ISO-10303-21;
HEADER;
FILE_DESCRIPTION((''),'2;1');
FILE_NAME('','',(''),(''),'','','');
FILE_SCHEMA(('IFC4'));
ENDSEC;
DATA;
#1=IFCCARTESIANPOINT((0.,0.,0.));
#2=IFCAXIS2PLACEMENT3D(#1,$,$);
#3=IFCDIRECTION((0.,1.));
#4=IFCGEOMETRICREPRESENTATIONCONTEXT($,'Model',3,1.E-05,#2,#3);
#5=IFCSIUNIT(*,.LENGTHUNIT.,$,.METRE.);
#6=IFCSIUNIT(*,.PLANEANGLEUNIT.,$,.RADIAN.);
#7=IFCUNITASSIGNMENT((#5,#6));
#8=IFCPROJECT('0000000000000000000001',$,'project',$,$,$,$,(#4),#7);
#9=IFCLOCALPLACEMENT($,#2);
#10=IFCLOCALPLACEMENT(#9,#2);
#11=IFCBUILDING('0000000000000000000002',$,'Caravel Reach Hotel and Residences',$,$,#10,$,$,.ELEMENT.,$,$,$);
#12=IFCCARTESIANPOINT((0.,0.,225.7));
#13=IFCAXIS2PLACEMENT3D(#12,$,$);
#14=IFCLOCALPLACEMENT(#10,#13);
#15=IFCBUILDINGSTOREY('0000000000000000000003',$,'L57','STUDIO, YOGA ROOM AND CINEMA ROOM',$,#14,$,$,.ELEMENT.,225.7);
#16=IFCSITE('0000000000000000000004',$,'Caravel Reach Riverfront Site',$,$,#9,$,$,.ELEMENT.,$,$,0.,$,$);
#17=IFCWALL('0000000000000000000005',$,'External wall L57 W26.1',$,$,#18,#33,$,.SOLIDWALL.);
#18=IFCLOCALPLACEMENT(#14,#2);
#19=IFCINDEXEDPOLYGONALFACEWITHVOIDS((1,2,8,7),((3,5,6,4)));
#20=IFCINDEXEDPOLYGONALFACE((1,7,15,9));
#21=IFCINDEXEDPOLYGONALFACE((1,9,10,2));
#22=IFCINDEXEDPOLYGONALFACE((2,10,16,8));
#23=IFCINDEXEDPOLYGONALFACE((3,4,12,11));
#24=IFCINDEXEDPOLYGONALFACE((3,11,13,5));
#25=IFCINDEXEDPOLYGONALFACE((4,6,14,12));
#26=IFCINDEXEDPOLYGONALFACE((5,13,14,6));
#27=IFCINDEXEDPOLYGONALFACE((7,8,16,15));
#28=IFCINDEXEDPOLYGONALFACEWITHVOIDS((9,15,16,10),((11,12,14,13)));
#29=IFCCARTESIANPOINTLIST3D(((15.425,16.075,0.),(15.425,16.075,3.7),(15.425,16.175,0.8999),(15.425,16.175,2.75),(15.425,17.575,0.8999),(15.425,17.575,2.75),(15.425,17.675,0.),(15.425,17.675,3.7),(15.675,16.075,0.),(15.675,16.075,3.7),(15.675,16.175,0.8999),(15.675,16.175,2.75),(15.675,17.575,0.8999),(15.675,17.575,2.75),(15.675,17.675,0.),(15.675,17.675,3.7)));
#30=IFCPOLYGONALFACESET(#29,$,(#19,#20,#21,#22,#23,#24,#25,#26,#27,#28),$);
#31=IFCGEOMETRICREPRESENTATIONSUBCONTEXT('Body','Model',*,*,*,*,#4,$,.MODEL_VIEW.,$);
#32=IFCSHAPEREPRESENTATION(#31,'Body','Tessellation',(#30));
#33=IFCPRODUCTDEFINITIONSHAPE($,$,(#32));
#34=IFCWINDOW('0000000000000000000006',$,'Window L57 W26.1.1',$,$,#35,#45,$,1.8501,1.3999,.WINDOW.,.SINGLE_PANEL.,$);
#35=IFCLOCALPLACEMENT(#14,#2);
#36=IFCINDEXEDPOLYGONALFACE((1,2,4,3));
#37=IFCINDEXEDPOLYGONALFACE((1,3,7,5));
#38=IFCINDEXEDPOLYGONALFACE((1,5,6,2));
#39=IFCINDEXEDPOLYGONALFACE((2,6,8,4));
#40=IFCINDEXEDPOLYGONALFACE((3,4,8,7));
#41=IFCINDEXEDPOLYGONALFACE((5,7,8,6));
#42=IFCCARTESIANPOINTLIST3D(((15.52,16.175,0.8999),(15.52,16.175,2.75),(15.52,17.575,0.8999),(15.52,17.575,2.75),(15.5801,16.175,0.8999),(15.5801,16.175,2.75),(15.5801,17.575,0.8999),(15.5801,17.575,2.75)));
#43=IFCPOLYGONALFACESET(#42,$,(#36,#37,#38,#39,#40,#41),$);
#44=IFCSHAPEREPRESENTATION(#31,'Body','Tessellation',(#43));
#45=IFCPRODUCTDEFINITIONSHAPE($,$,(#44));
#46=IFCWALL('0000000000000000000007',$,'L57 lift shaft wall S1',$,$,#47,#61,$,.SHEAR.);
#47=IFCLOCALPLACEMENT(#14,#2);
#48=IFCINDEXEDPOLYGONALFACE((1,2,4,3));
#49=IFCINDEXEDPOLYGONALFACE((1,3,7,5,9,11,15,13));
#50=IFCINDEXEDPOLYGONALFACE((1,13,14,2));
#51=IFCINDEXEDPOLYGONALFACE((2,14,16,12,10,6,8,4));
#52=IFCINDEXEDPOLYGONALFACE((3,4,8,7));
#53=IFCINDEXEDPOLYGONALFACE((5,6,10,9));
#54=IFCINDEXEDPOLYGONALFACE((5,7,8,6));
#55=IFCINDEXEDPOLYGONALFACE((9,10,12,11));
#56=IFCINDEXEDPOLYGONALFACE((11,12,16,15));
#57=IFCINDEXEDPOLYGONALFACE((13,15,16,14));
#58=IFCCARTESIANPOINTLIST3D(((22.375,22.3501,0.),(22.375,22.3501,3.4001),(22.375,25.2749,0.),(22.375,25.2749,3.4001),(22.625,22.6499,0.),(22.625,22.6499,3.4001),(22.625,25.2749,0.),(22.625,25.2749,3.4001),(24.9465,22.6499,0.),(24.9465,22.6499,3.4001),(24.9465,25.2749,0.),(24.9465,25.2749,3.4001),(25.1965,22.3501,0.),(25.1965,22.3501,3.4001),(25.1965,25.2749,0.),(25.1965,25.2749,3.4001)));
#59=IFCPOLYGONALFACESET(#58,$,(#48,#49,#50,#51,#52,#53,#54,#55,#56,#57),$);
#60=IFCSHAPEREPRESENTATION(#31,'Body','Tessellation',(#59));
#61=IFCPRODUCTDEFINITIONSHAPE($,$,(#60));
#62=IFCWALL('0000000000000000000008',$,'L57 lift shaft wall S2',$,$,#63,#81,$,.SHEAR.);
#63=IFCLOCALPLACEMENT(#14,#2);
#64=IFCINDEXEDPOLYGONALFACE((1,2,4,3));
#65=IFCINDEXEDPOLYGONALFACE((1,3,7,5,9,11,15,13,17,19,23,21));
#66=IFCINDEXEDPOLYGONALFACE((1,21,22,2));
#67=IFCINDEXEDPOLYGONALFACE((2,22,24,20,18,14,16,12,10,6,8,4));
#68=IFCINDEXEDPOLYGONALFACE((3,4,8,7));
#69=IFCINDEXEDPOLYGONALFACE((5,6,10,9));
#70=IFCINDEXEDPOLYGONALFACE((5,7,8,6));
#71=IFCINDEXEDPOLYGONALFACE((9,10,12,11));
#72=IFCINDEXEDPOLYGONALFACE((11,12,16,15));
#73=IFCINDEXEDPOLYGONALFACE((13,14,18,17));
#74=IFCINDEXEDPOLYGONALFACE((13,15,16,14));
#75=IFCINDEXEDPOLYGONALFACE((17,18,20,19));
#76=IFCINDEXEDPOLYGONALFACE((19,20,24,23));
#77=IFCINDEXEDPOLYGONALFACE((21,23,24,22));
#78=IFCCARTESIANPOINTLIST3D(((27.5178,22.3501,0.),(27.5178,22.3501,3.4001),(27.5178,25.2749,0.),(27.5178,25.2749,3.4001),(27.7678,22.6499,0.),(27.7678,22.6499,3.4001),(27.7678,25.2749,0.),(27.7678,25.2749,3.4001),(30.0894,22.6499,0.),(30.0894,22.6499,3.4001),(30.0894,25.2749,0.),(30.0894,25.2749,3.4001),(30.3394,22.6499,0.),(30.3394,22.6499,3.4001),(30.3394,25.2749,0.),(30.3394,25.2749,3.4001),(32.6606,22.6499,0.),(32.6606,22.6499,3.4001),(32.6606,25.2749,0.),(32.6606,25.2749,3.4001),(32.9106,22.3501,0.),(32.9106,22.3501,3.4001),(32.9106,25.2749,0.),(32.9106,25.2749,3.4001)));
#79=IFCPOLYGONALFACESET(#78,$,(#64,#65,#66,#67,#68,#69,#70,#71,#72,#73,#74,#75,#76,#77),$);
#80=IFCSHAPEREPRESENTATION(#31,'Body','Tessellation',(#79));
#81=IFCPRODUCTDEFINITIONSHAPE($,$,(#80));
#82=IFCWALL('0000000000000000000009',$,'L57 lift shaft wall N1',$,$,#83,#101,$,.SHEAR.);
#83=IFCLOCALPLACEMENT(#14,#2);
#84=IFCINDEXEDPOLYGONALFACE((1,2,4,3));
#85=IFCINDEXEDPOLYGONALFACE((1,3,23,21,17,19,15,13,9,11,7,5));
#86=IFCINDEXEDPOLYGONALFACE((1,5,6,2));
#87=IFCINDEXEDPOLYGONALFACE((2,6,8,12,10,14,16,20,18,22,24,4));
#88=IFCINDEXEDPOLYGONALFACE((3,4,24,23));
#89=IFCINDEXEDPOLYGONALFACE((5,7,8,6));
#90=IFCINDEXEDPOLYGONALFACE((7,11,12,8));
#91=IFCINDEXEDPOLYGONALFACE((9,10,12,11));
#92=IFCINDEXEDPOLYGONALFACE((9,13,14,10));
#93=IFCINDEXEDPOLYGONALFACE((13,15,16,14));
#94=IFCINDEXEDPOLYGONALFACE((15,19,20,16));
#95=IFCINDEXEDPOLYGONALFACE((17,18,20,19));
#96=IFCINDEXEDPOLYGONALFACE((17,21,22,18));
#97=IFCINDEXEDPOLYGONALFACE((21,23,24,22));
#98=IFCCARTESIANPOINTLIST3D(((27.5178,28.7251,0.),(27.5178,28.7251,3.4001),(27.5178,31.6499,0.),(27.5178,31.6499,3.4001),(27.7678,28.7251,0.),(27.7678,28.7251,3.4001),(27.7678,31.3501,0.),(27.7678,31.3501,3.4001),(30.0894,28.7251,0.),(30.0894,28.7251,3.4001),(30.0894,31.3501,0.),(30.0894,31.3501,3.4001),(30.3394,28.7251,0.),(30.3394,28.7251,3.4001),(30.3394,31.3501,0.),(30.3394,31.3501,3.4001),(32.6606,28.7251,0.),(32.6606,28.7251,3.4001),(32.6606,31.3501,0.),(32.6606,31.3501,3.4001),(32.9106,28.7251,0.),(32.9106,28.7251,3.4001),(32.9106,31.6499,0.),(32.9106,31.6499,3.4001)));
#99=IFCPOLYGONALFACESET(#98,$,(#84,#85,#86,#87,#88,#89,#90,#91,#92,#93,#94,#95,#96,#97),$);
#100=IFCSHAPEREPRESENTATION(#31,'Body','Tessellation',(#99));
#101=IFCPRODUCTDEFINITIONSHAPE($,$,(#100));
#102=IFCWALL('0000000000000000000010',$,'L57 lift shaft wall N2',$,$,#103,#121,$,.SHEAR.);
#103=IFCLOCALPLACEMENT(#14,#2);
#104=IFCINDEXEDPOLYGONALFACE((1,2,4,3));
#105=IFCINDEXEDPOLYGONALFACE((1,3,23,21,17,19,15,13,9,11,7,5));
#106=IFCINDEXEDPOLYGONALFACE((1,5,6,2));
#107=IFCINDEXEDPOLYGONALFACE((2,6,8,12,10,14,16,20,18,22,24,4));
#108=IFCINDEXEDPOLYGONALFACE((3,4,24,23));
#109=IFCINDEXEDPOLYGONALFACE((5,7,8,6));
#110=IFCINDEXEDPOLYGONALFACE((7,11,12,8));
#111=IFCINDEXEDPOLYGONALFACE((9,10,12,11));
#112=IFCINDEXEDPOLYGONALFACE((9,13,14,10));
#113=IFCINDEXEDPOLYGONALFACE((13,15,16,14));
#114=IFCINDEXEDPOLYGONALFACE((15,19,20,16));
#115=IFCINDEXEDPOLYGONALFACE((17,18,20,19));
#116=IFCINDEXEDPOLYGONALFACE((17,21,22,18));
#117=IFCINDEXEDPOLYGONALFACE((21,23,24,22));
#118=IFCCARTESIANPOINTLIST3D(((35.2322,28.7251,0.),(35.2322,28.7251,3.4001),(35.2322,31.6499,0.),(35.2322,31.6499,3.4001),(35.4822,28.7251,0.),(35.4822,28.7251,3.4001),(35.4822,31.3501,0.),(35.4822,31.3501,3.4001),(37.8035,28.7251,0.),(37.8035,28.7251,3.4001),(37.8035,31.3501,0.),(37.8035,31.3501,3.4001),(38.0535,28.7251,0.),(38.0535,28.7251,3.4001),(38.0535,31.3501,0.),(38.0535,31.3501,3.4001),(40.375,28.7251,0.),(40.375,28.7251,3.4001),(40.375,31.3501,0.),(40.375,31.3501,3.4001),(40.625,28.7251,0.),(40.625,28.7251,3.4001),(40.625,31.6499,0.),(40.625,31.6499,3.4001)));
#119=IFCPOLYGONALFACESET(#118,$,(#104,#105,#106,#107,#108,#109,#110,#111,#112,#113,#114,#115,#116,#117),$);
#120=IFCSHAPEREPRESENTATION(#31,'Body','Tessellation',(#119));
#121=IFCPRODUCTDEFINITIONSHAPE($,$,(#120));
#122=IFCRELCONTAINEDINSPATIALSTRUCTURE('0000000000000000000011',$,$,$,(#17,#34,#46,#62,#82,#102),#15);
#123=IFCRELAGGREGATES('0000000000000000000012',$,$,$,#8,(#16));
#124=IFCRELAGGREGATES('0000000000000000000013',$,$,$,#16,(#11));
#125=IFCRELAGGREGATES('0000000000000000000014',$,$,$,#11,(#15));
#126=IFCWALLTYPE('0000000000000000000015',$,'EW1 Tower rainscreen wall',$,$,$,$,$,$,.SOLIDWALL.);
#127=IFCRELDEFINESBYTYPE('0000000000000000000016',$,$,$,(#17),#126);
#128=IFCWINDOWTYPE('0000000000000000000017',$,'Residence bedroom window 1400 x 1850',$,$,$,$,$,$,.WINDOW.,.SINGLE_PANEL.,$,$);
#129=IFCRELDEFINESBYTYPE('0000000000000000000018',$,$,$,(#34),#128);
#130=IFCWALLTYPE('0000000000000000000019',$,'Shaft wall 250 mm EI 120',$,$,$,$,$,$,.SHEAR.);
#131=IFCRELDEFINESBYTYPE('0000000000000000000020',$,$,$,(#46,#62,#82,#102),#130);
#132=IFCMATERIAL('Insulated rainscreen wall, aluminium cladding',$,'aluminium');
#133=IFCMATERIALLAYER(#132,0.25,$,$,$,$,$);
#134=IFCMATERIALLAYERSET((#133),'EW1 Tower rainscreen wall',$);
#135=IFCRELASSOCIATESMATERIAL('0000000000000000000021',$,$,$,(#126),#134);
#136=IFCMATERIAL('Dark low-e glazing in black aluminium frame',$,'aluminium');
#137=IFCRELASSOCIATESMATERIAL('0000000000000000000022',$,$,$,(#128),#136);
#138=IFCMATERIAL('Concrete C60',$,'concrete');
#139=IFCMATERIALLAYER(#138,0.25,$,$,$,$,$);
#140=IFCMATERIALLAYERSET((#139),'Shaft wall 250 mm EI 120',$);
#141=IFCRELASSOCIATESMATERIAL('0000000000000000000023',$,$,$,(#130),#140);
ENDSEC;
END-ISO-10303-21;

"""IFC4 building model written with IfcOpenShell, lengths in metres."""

from ifc_helpers import new_model, si_unit, direction, frame, frame_2d, origin, place, context, subcontext, project, spatial, polyline, rectangle, outline, extrude, material, layer, layer_set, type_object, element, fill, save


model = new_model("IFC4")

# Units and contexts
model_context = context("Model", 3, precision=1e-05, world=origin(), true_north=direction((0.0, 1.0)))
body_context = subcontext(model_context, "Body", "Model", "MODEL_VIEW")
ifc_project = project(units=[si_unit("LENGTHUNIT", "METRE"), si_unit("PLANEANGLEUNIT", "RADIAN")], contexts=[model_context])

# Site, building, storey
site_placement = place(None, origin())
site = spatial("IfcSite", under=ifc_project, at=site_placement, Name="Caravel Reach Riverfront Site", CompositionType="ELEMENT", RefElevation=0.0)
building_placement = place(site_placement, origin())
building = spatial("IfcBuilding", under=site, at=building_placement, Name="Caravel Reach Hotel and Residences", CompositionType="ELEMENT")
storey_placement = place(building_placement, frame((0.0, 0.0, 225.7)))
storey = spatial("IfcBuildingStorey", under=building, at=storey_placement, Name="L57", Description="STUDIO, YOGA ROOM AND CINEMA ROOM", CompositionType="ELEMENT", Elevation=225.7)

# Shared definitions
ifc_material_1 = material(Name="Insulated rainscreen wall, aluminium cladding", Category="aluminium")
ifc_layer_1 = layer(ifc_material_1, 0.25)
ifc_layer_set_1 = layer_set([ifc_layer_1], Name="EW1 Tower rainscreen wall")
wall_type_1 = type_object("IfcWallType", Name="EW1 Tower rainscreen wall", PredefinedType="SOLIDWALL", material=ifc_layer_set_1)

# Wall, opening, window
ifc_material_2 = material(Name="Dark low-e glazing in black aluminium frame", Category="aluminium")
window_type_1 = type_object("IfcWindowType", Name="Residence bedroom window 1400 x 1850", PartitioningType="SINGLE_PANEL", PredefinedType="WINDOW", material=ifc_material_2)
wall_1_placement = place(storey_placement, frame((15.55, 17.675, 0.0), z_axis=(0.0, 0.0, 1.0), x_axis=(0.0, -1.0, 0.0)))
wall_1 = element("IfcWall", 1, at=wall_1_placement, inside=storey, type_object=wall_type_1, Name="External wall L57 W26.1", PredefinedType="SOLIDWALL", context=body_context, shape_type="SweptSolid", body=[
    extrude(rectangle(XDim=1.6001, YDim=0.25, at=frame_2d((0.8, 0.0))), origin(), (0.0, 0.0, 1.0), 3.7),
])
opening_1_placement = place(wall_1_placement, frame((0.1001, 0.0, 0.8999)))
opening_1 = element("IfcOpeningElement", 2, at=opening_1_placement, cuts=wall_1, PredefinedType="OPENING", context=body_context, shape_type="SweptSolid", body=[
    extrude(rectangle(XDim=1.3999, YDim=1.8501, at=frame_2d((0.7, 0.925))), frame((0.0, 0.135, 0.0), z_axis=(0.0, -1.0, 0.0), x_axis=(1.0, 0.0, 0.0)), (0.0, 0.0, 1.0), 0.27),
])
window_1_placement = place(opening_1_placement, origin())
window_1 = element("IfcWindow", 3, at=window_1_placement, inside=storey, type_object=window_type_1, Name="Window L57 W26.1.1", OverallHeight=1.8501, OverallWidth=1.3999, PartitioningType="SINGLE_PANEL", PredefinedType="WINDOW", context=body_context, shape_type="SweptSolid", body=[
    extrude(rectangle(XDim=1.3999, YDim=1.8501, at=frame_2d((0.7, 0.925))), frame((0.0, 0.03, 0.0), z_axis=(0.0, -1.0, 0.0), x_axis=(1.0, 0.0, 0.0)), (0.0, 0.0, 1.0), 0.0601),
])
fill(opening_1, window_1)

# Walls
ifc_material_3 = material(Name="Concrete C60", Category="concrete")
ifc_layer_2 = layer(ifc_material_3, 0.25)
ifc_layer_set_2 = layer_set([ifc_layer_2], Name="Shaft wall 250 mm EI 120")
wall_type_2 = type_object("IfcWallType", Name="Shaft wall 250 mm EI 120", PredefinedType="SHEAR", material=ifc_layer_set_2)
wall_2_placement = place(storey_placement, origin())
element("IfcWall", 4, at=wall_2_placement, inside=storey, type_object=wall_type_2, Name="L57 lift shaft wall S1", PredefinedType="SHEAR", context=body_context, shape_type="SweptSolid", body=[
    extrude(outline(polyline([(22.375, 22.3501), (25.1965, 22.3501), (25.1965, 25.2749), (24.9465, 25.2749), (24.9465, 22.6499), (22.625, 22.6499), (22.625, 25.2749), (22.375, 25.2749), (22.375, 22.3501)])), origin(), (0.0, 0.0, 1.0), 3.4001),
])
wall_3_placement = place(storey_placement, origin())
element("IfcWall", 5, at=wall_3_placement, inside=storey, type_object=wall_type_2, Name="L57 lift shaft wall S2", PredefinedType="SHEAR", context=body_context, shape_type="SweptSolid", body=[
    extrude(outline(polyline([(27.5178, 22.3501), (32.9106, 22.3501), (32.9106, 25.2749), (32.6606, 25.2749), (32.6606, 22.6499), (30.3394, 22.6499), (30.3394, 25.2749), (30.0894, 25.2749), (30.0894, 22.6499), (27.7678, 22.6499), (27.7678, 25.2749), (27.5178, 25.2749), (27.5178, 22.3501)])), origin(), (0.0, 0.0, 1.0), 3.4001),
])
wall_4_placement = place(storey_placement, origin())
element("IfcWall", 6, at=wall_4_placement, inside=storey, type_object=wall_type_2, Name="L57 lift shaft wall N1", PredefinedType="SHEAR", context=body_context, shape_type="SweptSolid", body=[
    extrude(outline(polyline([(27.5178, 28.7251), (27.7678, 28.7251), (27.7678, 31.3501), (30.0894, 31.3501), (30.0894, 28.7251), (30.3394, 28.7251), (30.3394, 31.3501), (32.6606, 31.3501), (32.6606, 28.7251), (32.9106, 28.7251), (32.9106, 31.6499), (27.5178, 31.6499), (27.5178, 28.7251)])), origin(), (0.0, 0.0, 1.0), 3.4001),
])
wall_5_placement = place(storey_placement, origin())
element("IfcWall", 7, at=wall_5_placement, inside=storey, type_object=wall_type_2, Name="L57 lift shaft wall N2", PredefinedType="SHEAR", context=body_context, shape_type="SweptSolid", body=[
    extrude(outline(polyline([(35.2322, 28.7251), (35.4822, 28.7251), (35.4822, 31.3501), (37.8035, 31.3501), (37.8035, 28.7251), (38.0535, 28.7251), (38.0535, 31.3501), (40.375, 31.3501), (40.375, 28.7251), (40.625, 28.7251), (40.625, 31.6499), (35.2322, 31.6499), (35.2322, 28.7251)])), origin(), (0.0, 0.0, 1.0), 3.4001),
])

save(model, "model.ifc")
